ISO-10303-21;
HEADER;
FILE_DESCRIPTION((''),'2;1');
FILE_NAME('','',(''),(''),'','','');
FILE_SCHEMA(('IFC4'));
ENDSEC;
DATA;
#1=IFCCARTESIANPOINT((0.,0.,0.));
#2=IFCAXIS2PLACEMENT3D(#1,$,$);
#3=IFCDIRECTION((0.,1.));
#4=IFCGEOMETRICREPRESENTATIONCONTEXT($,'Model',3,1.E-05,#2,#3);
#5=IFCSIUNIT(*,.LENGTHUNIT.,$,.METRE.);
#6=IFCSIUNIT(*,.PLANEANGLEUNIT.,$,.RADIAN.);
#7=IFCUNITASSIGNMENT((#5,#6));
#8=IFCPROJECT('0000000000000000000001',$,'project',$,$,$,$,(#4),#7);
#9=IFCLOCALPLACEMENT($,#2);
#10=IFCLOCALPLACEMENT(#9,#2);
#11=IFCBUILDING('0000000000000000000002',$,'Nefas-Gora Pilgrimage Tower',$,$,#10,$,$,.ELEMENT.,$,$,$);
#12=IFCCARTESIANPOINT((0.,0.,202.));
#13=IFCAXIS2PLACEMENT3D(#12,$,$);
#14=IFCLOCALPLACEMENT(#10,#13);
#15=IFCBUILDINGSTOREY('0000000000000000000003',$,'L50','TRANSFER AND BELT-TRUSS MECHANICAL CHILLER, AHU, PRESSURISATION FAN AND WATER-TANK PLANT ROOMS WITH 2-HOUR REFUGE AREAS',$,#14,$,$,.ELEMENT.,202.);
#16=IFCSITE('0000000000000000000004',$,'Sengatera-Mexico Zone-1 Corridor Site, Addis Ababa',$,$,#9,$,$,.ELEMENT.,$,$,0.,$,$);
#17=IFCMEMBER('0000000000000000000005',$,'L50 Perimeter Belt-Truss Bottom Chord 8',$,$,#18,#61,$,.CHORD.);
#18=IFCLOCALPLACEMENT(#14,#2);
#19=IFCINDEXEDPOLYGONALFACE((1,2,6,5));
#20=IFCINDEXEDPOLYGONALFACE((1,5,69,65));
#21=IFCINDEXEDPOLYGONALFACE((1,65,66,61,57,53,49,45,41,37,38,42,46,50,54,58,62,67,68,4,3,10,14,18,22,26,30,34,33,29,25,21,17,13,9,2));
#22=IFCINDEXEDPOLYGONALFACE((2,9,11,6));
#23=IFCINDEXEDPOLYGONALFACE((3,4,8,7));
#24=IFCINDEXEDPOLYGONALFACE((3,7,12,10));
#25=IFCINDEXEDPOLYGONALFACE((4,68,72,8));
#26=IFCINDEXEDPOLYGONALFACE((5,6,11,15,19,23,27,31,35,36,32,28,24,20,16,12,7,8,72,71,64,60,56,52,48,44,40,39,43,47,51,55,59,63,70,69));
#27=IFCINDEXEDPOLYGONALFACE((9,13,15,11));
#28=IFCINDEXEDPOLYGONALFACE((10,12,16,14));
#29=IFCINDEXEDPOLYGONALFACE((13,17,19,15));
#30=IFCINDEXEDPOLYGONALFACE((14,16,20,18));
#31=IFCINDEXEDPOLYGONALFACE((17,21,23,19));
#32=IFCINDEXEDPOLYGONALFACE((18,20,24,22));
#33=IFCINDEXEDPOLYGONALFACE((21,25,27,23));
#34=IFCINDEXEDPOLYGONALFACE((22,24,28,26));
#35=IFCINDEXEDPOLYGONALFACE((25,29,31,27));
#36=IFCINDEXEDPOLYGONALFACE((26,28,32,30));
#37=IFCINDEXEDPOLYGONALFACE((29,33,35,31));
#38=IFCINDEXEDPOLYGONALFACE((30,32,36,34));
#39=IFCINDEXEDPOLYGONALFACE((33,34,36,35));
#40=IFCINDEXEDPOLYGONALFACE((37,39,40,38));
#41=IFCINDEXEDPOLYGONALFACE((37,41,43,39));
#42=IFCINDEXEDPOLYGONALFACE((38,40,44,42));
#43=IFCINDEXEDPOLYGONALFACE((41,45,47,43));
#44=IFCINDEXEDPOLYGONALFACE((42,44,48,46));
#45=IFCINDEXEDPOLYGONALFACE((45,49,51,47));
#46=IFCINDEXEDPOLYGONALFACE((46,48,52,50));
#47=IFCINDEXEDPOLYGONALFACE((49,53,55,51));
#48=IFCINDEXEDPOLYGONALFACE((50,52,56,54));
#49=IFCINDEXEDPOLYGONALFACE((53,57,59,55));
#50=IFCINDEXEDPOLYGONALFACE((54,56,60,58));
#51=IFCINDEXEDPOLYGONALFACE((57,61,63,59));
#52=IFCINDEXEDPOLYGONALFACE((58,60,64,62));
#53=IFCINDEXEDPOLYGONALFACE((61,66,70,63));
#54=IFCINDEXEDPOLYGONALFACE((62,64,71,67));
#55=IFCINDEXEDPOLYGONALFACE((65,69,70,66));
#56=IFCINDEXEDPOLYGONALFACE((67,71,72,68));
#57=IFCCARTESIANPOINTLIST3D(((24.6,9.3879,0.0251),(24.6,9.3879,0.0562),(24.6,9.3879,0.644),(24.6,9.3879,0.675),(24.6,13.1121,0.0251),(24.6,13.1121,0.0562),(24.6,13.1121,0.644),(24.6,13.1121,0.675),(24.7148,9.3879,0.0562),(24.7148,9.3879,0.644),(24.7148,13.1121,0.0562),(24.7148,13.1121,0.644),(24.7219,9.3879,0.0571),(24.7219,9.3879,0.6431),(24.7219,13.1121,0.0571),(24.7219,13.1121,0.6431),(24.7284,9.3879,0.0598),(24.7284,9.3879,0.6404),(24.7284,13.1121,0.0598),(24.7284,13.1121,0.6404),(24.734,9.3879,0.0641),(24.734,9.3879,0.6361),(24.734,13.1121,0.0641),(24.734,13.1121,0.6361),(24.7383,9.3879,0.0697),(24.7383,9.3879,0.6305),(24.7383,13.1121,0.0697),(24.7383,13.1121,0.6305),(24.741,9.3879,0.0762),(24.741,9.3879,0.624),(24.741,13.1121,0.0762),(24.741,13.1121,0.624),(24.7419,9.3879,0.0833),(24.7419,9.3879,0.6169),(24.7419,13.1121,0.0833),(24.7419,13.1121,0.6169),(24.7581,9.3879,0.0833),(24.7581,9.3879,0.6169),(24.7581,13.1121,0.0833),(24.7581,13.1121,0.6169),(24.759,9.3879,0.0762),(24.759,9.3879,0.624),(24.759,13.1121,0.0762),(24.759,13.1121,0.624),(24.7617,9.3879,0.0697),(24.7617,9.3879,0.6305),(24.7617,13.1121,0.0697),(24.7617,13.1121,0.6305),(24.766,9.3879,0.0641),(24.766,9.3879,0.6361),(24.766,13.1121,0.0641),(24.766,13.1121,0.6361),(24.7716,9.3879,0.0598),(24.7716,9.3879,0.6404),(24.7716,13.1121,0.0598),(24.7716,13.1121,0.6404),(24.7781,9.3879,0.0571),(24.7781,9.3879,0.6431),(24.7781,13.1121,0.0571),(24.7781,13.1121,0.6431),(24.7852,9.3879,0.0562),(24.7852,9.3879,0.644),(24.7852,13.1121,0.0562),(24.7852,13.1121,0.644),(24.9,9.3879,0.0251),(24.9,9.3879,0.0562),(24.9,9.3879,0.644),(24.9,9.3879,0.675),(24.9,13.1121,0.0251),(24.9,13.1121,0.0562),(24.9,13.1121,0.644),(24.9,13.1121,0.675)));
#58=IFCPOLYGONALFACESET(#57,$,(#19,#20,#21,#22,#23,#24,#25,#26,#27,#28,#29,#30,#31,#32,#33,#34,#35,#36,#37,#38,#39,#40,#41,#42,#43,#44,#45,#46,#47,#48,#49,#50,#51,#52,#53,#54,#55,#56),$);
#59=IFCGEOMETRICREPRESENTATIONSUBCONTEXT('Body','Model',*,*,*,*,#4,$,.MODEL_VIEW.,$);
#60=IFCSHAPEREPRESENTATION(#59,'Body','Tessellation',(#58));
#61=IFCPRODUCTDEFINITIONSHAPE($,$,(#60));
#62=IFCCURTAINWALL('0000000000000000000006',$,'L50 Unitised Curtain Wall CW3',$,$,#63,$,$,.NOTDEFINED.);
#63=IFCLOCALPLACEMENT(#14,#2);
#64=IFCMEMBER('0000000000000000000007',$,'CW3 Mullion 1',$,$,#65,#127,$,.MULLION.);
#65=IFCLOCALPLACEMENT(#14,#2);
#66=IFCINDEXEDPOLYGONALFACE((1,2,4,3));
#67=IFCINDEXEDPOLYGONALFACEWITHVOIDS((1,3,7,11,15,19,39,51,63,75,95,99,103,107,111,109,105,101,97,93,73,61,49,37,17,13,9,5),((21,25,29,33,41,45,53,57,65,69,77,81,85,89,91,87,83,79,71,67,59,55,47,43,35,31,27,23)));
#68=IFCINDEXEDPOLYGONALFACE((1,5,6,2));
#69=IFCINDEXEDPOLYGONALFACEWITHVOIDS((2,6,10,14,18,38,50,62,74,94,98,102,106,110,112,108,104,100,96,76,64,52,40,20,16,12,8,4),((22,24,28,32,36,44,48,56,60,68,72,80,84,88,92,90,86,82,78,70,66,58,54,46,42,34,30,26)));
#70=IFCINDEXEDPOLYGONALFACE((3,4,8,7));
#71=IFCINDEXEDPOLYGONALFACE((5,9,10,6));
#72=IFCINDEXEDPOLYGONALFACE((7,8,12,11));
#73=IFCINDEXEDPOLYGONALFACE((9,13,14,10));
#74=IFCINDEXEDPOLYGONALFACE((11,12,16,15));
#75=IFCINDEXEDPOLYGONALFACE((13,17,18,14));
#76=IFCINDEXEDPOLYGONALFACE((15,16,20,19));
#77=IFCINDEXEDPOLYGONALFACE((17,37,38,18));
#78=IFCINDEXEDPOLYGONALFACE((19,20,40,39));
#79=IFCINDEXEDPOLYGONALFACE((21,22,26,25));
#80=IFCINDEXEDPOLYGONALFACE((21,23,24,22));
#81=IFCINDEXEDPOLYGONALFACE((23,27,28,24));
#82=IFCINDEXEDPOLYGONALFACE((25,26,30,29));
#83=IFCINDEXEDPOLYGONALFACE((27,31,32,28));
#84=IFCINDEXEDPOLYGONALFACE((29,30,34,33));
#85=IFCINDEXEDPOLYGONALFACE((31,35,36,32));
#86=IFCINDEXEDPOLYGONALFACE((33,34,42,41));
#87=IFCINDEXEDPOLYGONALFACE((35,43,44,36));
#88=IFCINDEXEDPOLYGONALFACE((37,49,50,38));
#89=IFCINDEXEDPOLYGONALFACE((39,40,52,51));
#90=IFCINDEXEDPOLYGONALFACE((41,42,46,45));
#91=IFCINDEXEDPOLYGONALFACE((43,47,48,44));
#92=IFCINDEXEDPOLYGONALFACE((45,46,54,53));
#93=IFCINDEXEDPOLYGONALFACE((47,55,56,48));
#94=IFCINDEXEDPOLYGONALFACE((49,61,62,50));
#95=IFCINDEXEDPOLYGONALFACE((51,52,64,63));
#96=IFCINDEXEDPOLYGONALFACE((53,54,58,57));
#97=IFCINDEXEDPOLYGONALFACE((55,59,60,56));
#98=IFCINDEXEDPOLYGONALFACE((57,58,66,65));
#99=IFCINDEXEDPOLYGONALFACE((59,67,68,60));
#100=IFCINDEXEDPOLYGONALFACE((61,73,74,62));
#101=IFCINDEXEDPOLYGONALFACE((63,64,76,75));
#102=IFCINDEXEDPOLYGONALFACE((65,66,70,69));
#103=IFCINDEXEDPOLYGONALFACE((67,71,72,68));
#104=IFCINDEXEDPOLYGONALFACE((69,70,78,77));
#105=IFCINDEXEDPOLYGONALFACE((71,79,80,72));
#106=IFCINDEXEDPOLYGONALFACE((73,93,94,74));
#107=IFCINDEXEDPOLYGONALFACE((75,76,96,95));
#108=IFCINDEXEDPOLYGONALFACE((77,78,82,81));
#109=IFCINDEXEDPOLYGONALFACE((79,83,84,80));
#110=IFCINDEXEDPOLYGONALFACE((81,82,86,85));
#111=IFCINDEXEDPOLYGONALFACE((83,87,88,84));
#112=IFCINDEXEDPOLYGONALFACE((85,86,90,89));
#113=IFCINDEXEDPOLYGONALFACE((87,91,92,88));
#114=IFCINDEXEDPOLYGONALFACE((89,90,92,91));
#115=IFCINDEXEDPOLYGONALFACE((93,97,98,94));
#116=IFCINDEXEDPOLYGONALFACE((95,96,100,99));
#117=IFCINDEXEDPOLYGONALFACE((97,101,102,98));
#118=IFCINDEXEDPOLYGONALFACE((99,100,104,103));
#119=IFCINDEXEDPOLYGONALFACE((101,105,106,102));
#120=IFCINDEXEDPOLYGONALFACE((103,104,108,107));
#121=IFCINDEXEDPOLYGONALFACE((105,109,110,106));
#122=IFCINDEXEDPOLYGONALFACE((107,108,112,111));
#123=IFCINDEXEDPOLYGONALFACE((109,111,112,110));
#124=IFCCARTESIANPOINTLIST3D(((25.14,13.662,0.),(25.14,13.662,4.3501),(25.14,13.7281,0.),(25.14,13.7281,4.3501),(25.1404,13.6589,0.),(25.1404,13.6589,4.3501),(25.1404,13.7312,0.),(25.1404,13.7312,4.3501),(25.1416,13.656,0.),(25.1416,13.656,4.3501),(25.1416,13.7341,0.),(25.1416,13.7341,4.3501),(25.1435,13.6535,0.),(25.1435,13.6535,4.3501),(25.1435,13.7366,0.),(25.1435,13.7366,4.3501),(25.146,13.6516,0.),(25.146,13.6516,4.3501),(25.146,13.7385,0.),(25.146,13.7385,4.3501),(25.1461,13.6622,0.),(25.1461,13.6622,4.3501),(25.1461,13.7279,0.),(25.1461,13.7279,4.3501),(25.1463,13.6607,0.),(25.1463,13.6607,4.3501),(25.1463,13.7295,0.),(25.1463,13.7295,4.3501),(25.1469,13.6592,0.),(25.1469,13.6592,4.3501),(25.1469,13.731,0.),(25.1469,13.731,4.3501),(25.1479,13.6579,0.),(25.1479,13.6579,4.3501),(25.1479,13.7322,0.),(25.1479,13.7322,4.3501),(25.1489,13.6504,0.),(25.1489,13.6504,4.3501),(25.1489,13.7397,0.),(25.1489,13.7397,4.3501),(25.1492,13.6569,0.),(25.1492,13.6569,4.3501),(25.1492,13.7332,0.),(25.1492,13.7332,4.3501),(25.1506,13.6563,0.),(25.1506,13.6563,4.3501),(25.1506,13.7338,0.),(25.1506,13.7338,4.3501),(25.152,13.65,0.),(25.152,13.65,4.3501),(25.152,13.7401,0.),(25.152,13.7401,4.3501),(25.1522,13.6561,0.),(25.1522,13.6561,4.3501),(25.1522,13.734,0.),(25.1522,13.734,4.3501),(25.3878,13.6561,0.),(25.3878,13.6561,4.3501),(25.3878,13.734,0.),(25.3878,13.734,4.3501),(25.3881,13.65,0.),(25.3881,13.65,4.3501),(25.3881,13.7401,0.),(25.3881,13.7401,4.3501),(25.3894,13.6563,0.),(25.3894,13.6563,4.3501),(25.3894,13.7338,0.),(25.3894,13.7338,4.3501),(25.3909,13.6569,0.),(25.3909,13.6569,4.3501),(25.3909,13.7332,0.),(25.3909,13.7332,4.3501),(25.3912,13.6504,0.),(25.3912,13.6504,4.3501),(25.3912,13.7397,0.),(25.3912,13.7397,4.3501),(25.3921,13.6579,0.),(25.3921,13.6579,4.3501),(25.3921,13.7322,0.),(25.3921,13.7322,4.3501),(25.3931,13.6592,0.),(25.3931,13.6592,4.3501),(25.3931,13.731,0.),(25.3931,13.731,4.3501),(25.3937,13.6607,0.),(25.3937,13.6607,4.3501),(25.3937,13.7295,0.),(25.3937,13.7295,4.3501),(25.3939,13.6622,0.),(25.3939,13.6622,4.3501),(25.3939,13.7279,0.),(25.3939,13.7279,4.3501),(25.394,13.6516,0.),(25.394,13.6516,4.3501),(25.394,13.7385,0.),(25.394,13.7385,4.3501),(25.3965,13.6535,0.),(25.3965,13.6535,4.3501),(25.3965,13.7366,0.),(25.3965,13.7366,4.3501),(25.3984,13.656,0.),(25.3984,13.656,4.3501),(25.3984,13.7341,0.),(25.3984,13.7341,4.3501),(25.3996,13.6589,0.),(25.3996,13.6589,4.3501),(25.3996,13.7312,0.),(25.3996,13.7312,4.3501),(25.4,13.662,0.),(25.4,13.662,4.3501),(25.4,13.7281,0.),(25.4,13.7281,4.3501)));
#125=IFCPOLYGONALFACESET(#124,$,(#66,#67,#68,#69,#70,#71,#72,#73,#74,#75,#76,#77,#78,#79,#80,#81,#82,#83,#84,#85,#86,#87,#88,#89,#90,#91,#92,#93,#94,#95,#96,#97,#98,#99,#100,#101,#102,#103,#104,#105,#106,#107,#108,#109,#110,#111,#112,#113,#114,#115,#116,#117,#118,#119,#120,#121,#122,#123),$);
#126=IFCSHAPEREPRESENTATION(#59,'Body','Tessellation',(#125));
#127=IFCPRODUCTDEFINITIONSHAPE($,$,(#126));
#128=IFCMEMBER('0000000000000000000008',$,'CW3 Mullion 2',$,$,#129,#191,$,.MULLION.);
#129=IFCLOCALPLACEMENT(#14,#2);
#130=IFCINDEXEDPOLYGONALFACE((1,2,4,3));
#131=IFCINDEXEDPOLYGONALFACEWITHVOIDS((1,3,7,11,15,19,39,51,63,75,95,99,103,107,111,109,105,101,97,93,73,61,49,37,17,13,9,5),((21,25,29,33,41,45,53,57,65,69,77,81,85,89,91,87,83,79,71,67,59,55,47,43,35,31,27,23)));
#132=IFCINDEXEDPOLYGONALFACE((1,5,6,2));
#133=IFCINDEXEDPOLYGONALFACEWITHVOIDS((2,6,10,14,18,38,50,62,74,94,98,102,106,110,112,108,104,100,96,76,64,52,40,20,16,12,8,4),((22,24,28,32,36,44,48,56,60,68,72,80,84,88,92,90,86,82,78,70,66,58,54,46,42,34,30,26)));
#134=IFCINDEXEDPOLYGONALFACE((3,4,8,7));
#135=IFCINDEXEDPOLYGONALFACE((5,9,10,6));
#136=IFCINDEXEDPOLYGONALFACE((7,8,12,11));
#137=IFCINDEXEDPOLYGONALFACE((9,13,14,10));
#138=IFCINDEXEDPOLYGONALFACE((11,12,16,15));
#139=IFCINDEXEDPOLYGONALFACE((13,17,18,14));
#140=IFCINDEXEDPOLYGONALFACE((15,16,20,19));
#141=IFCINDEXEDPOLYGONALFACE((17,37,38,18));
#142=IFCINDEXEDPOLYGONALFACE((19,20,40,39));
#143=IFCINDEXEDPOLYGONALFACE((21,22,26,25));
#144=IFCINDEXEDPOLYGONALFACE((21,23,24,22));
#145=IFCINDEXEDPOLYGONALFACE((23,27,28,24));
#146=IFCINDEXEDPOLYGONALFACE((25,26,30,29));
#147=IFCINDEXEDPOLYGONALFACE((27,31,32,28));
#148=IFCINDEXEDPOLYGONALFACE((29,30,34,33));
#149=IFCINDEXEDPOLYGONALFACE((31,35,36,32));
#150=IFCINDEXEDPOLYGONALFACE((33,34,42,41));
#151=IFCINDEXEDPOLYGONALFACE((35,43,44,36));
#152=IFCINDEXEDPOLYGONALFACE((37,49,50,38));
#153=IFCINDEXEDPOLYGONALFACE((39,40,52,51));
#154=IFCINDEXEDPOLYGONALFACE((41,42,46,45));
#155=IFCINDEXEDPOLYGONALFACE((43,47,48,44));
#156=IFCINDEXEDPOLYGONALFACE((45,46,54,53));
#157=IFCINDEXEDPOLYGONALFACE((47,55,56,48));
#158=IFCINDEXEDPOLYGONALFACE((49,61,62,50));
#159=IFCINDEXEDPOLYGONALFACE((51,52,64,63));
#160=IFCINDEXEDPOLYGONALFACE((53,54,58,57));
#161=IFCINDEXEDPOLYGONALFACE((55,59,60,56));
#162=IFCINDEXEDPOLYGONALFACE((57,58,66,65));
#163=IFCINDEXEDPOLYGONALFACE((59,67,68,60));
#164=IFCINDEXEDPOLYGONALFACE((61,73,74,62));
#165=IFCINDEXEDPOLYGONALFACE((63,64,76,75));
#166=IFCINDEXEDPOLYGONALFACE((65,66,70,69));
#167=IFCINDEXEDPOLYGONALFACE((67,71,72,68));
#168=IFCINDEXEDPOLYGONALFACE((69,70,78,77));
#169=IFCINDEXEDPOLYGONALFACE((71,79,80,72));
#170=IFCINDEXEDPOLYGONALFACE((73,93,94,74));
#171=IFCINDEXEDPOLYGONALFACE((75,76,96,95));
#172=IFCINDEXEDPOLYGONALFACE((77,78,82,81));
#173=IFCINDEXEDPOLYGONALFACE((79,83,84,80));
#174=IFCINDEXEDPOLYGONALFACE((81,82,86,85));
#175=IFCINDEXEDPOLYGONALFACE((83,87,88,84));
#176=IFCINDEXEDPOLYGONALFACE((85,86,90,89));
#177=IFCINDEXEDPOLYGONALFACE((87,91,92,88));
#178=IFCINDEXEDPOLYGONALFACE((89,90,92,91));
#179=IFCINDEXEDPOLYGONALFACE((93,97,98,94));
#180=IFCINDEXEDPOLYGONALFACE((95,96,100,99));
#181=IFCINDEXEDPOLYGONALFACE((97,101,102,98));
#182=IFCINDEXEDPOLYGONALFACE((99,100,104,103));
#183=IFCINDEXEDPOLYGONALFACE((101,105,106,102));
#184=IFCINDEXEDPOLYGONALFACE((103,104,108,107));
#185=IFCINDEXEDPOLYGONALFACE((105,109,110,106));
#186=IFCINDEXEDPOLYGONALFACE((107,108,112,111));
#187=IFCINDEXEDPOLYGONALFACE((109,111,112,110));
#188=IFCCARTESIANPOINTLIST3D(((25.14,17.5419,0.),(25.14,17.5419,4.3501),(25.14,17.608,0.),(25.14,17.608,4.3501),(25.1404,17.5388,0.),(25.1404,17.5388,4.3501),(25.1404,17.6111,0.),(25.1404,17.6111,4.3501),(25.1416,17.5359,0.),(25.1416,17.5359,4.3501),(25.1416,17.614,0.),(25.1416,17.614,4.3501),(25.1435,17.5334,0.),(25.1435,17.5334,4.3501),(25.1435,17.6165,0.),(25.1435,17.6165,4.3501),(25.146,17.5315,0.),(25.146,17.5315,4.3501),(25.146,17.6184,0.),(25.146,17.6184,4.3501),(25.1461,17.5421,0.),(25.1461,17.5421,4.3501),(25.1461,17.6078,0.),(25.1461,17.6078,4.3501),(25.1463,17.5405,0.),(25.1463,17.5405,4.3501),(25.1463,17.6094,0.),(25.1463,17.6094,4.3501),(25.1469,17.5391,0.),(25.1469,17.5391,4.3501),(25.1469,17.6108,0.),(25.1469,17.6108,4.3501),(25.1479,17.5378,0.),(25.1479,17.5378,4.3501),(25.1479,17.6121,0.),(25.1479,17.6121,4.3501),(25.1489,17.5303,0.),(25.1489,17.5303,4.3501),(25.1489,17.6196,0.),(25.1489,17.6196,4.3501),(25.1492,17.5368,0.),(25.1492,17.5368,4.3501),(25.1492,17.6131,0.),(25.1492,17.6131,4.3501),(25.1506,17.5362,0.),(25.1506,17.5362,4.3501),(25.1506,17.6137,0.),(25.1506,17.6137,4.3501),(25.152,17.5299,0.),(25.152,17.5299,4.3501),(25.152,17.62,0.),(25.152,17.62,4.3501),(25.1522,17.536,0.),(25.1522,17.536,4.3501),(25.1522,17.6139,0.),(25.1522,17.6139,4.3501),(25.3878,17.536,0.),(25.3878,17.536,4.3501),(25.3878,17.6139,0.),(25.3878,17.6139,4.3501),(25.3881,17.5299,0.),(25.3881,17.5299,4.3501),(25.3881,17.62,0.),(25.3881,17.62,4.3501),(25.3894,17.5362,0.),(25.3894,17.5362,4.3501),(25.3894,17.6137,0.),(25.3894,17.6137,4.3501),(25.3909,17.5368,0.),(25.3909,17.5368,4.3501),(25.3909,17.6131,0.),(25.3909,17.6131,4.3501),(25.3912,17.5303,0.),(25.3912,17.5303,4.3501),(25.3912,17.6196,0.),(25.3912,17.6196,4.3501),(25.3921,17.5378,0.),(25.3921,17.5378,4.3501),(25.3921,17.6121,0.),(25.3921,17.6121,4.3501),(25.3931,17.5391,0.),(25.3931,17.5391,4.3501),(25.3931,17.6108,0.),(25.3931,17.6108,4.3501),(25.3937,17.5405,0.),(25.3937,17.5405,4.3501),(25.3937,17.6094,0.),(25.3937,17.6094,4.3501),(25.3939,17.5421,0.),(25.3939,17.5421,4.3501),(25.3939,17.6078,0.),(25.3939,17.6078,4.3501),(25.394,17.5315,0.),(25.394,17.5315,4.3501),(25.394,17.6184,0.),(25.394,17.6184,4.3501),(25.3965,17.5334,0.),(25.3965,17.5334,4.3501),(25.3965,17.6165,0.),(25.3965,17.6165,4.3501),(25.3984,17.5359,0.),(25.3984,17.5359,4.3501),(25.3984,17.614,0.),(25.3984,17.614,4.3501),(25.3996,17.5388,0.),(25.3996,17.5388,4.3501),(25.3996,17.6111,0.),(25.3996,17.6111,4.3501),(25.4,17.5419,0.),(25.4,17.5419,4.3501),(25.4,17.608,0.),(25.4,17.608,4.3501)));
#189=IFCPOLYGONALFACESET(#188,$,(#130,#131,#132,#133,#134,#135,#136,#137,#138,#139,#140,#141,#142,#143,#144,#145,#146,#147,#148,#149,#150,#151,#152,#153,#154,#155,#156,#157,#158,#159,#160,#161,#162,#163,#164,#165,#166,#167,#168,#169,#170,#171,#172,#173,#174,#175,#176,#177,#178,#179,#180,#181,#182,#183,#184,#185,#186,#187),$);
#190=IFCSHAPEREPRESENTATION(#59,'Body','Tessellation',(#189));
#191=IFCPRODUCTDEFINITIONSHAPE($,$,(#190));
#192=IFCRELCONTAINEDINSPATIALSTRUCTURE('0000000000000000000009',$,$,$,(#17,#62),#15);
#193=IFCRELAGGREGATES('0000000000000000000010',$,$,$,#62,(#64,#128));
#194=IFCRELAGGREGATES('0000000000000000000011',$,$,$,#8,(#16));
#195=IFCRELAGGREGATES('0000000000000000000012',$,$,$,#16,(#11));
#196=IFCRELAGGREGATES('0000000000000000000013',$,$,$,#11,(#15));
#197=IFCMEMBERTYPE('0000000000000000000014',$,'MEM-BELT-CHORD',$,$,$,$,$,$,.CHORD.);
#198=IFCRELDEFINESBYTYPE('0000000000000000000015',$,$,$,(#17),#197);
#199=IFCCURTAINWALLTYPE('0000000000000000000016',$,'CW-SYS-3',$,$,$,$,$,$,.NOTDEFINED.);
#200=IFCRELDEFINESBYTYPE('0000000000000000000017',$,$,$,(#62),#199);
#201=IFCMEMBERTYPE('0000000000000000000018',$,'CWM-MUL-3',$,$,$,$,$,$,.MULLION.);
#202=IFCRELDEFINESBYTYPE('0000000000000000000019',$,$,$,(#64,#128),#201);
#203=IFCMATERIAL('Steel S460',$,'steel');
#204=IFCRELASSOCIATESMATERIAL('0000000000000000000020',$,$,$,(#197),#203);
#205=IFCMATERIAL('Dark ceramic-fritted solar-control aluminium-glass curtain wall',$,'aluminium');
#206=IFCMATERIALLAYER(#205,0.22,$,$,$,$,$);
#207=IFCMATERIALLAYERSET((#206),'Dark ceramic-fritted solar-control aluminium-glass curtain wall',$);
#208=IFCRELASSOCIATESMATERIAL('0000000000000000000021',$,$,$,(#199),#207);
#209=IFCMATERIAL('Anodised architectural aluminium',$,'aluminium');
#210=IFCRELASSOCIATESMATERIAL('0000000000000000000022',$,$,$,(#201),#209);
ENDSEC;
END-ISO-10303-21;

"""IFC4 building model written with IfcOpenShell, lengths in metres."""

from ifc_helpers import new_model, si_unit, direction, frame, origin, origin_2d, place, context, subcontext, project, spatial, hollow_rectangle, i_section, extrude, source, transform, mapped, material, layer, layer_set, material_profile, profile_set, type_object, element, aggregate, save


model = new_model("IFC4")

# Units and contexts
model_context = context("Model", 3, precision=1e-05, world=origin(), true_north=direction((0.0, 1.0)))
body_context = subcontext(model_context, "Body", "Model", "MODEL_VIEW")
ifc_project = project(units=[si_unit("LENGTHUNIT", "METRE"), si_unit("PLANEANGLEUNIT", "RADIAN")], contexts=[model_context])

# Site, building, storey
site_placement = place(None, origin())
site = spatial("IfcSite", under=ifc_project, at=site_placement, Name="Sengatera-Mexico Zone-1 Corridor Site, Addis Ababa", CompositionType="ELEMENT", RefElevation=0.0)
building_placement = place(site_placement, origin())
building = spatial("IfcBuilding", under=site, at=building_placement, Name="Nefas-Gora Pilgrimage Tower", CompositionType="ELEMENT")
storey_placement = place(building_placement, frame((0.0, 0.0, 202.0)))
storey = spatial("IfcBuildingStorey", under=building, at=storey_placement, Name="L50", Description="TRANSFER AND BELT-TRUSS MECHANICAL CHILLER, AHU, PRESSURISATION FAN AND WATER-TANK PLANT ROOMS WITH 2-HOUR REFUGE AREAS", CompositionType="ELEMENT", Elevation=202.0)

# Shared definitions
ifc_material_1 = material(Name="Steel S460", Category="steel")

# Member
ifc_material_profile_1 = material_profile(ifc_material_1, i_section(OverallWidth=0.3, OverallDepth=0.6499, WebThickness=0.0161, FlangeThickness=0.031, FilletRadius=0.0271, at=origin_2d()), Name="HEB 650")
ifc_profile_set_1 = profile_set([ifc_material_profile_1], Name="Steel S460")
member_type_1 = type_object("IfcMemberType", Name="MEM-BELT-CHORD", PredefinedType="CHORD", material=ifc_profile_set_1)
shared_shape_1 = source(origin(), body_context, "Body", "SweptSolid", [
    extrude(i_section(OverallWidth=0.3, OverallDepth=0.6499, WebThickness=0.0161, FlangeThickness=0.031, FilletRadius=0.0271, at=origin_2d()), origin(), (0.0, 0.0, 1.0), 3.7241),
])
member_1_placement = place(storey_placement, frame((24.75, 9.3879, 0.3501), z_axis=(0.0, 1.0, 0.0), x_axis=(-1.0, 0.0, 0.0)))
element("IfcMember", 1, at=member_1_placement, inside=storey, type_object=member_type_1, Name="L50 Perimeter Belt-Truss Bottom Chord 8", PredefinedType="CHORD", context=body_context, shape_type="MappedRepresentation", body=[
    mapped(shared_shape_1, transform((0.0, 0.0, 0.0), x_axis=(1.0, 0.0, 0.0), y_axis=(0.0, 1.0, 0.0), z_axis=(0.0, 0.0, 1.0), scale=1.0)),
])

# Curtain wall, members
ifc_material_2 = material(Name="Dark ceramic-fritted solar-control aluminium-glass curtain wall", Category="aluminium")
ifc_layer_1 = layer(ifc_material_2, 0.22)
ifc_layer_set_1 = layer_set([ifc_layer_1], Name="Dark ceramic-fritted solar-control aluminium-glass curtain wall")
curtain_wall_type = type_object("IfcCurtainWallType", Name="CW-SYS-3", PredefinedType="NOTDEFINED", material=ifc_layer_set_1)
curtain_wall_1_placement = place(storey_placement, origin())
curtain_wall_1 = element("IfcCurtainWall", 2, at=curtain_wall_1_placement, inside=storey, type_object=curtain_wall_type, Name="L50 Unitised Curtain Wall CW3", PredefinedType="NOTDEFINED")
ifc_material_3 = material(Name="Anodised architectural aluminium", Category="aluminium")
ifc_material_profile_2 = material_profile(ifc_material_3, hollow_rectangle(XDim=0.0901, YDim=0.26, WallThickness=0.0061, InnerFilletRadius=0.0061, OuterFilletRadius=0.012, at=origin_2d()), Name="ALU MULLION 90x260")
ifc_profile_set_2 = profile_set([ifc_material_profile_2], Name="Anodised architectural aluminium")
member_type_2 = type_object("IfcMemberType", Name="CWM-MUL-3", PredefinedType="MULLION", material=ifc_profile_set_2)
shared_shape_2 = source(origin(), body_context, "Body", "SweptSolid", [
    extrude(hollow_rectangle(XDim=0.0901, YDim=0.26, WallThickness=0.0061, InnerFilletRadius=0.0061, OuterFilletRadius=0.012, at=origin_2d()), origin(), (0.0, 0.0, 1.0), 4.3501),
])
member_2_placement = place(storey_placement, frame((25.27, 13.6951, 0.0), z_axis=(0.0, 0.0, 1.0), x_axis=(0.0, 1.0, 0.0)))
member_2 = element("IfcMember", 3, at=member_2_placement, type_object=member_type_2, Name="CW3 Mullion 1", PredefinedType="MULLION", context=body_context, shape_type="MappedRepresentation", body=[
    mapped(shared_shape_2, transform((0.0, 0.0, 0.0), x_axis=(1.0, 0.0, 0.0), y_axis=(0.0, 1.0, 0.0), z_axis=(0.0, 0.0, 1.0), scale=1.0)),
])
member_3_placement = place(storey_placement, frame((25.27, 17.575, 0.0), z_axis=(0.0, 0.0, 1.0), x_axis=(0.0, 1.0, 0.0)))
member_3 = element("IfcMember", 4, at=member_3_placement, type_object=member_type_2, Name="CW3 Mullion 2", PredefinedType="MULLION", context=body_context, shape_type="MappedRepresentation", body=[
    mapped(shared_shape_2, transform((0.0, 0.0, 0.0), x_axis=(1.0, 0.0, 0.0), y_axis=(0.0, 1.0, 0.0), z_axis=(0.0, 0.0, 1.0), scale=1.0)),
])

aggregate(curtain_wall_1, [member_2, member_3])

save(model, "model.ifc")
